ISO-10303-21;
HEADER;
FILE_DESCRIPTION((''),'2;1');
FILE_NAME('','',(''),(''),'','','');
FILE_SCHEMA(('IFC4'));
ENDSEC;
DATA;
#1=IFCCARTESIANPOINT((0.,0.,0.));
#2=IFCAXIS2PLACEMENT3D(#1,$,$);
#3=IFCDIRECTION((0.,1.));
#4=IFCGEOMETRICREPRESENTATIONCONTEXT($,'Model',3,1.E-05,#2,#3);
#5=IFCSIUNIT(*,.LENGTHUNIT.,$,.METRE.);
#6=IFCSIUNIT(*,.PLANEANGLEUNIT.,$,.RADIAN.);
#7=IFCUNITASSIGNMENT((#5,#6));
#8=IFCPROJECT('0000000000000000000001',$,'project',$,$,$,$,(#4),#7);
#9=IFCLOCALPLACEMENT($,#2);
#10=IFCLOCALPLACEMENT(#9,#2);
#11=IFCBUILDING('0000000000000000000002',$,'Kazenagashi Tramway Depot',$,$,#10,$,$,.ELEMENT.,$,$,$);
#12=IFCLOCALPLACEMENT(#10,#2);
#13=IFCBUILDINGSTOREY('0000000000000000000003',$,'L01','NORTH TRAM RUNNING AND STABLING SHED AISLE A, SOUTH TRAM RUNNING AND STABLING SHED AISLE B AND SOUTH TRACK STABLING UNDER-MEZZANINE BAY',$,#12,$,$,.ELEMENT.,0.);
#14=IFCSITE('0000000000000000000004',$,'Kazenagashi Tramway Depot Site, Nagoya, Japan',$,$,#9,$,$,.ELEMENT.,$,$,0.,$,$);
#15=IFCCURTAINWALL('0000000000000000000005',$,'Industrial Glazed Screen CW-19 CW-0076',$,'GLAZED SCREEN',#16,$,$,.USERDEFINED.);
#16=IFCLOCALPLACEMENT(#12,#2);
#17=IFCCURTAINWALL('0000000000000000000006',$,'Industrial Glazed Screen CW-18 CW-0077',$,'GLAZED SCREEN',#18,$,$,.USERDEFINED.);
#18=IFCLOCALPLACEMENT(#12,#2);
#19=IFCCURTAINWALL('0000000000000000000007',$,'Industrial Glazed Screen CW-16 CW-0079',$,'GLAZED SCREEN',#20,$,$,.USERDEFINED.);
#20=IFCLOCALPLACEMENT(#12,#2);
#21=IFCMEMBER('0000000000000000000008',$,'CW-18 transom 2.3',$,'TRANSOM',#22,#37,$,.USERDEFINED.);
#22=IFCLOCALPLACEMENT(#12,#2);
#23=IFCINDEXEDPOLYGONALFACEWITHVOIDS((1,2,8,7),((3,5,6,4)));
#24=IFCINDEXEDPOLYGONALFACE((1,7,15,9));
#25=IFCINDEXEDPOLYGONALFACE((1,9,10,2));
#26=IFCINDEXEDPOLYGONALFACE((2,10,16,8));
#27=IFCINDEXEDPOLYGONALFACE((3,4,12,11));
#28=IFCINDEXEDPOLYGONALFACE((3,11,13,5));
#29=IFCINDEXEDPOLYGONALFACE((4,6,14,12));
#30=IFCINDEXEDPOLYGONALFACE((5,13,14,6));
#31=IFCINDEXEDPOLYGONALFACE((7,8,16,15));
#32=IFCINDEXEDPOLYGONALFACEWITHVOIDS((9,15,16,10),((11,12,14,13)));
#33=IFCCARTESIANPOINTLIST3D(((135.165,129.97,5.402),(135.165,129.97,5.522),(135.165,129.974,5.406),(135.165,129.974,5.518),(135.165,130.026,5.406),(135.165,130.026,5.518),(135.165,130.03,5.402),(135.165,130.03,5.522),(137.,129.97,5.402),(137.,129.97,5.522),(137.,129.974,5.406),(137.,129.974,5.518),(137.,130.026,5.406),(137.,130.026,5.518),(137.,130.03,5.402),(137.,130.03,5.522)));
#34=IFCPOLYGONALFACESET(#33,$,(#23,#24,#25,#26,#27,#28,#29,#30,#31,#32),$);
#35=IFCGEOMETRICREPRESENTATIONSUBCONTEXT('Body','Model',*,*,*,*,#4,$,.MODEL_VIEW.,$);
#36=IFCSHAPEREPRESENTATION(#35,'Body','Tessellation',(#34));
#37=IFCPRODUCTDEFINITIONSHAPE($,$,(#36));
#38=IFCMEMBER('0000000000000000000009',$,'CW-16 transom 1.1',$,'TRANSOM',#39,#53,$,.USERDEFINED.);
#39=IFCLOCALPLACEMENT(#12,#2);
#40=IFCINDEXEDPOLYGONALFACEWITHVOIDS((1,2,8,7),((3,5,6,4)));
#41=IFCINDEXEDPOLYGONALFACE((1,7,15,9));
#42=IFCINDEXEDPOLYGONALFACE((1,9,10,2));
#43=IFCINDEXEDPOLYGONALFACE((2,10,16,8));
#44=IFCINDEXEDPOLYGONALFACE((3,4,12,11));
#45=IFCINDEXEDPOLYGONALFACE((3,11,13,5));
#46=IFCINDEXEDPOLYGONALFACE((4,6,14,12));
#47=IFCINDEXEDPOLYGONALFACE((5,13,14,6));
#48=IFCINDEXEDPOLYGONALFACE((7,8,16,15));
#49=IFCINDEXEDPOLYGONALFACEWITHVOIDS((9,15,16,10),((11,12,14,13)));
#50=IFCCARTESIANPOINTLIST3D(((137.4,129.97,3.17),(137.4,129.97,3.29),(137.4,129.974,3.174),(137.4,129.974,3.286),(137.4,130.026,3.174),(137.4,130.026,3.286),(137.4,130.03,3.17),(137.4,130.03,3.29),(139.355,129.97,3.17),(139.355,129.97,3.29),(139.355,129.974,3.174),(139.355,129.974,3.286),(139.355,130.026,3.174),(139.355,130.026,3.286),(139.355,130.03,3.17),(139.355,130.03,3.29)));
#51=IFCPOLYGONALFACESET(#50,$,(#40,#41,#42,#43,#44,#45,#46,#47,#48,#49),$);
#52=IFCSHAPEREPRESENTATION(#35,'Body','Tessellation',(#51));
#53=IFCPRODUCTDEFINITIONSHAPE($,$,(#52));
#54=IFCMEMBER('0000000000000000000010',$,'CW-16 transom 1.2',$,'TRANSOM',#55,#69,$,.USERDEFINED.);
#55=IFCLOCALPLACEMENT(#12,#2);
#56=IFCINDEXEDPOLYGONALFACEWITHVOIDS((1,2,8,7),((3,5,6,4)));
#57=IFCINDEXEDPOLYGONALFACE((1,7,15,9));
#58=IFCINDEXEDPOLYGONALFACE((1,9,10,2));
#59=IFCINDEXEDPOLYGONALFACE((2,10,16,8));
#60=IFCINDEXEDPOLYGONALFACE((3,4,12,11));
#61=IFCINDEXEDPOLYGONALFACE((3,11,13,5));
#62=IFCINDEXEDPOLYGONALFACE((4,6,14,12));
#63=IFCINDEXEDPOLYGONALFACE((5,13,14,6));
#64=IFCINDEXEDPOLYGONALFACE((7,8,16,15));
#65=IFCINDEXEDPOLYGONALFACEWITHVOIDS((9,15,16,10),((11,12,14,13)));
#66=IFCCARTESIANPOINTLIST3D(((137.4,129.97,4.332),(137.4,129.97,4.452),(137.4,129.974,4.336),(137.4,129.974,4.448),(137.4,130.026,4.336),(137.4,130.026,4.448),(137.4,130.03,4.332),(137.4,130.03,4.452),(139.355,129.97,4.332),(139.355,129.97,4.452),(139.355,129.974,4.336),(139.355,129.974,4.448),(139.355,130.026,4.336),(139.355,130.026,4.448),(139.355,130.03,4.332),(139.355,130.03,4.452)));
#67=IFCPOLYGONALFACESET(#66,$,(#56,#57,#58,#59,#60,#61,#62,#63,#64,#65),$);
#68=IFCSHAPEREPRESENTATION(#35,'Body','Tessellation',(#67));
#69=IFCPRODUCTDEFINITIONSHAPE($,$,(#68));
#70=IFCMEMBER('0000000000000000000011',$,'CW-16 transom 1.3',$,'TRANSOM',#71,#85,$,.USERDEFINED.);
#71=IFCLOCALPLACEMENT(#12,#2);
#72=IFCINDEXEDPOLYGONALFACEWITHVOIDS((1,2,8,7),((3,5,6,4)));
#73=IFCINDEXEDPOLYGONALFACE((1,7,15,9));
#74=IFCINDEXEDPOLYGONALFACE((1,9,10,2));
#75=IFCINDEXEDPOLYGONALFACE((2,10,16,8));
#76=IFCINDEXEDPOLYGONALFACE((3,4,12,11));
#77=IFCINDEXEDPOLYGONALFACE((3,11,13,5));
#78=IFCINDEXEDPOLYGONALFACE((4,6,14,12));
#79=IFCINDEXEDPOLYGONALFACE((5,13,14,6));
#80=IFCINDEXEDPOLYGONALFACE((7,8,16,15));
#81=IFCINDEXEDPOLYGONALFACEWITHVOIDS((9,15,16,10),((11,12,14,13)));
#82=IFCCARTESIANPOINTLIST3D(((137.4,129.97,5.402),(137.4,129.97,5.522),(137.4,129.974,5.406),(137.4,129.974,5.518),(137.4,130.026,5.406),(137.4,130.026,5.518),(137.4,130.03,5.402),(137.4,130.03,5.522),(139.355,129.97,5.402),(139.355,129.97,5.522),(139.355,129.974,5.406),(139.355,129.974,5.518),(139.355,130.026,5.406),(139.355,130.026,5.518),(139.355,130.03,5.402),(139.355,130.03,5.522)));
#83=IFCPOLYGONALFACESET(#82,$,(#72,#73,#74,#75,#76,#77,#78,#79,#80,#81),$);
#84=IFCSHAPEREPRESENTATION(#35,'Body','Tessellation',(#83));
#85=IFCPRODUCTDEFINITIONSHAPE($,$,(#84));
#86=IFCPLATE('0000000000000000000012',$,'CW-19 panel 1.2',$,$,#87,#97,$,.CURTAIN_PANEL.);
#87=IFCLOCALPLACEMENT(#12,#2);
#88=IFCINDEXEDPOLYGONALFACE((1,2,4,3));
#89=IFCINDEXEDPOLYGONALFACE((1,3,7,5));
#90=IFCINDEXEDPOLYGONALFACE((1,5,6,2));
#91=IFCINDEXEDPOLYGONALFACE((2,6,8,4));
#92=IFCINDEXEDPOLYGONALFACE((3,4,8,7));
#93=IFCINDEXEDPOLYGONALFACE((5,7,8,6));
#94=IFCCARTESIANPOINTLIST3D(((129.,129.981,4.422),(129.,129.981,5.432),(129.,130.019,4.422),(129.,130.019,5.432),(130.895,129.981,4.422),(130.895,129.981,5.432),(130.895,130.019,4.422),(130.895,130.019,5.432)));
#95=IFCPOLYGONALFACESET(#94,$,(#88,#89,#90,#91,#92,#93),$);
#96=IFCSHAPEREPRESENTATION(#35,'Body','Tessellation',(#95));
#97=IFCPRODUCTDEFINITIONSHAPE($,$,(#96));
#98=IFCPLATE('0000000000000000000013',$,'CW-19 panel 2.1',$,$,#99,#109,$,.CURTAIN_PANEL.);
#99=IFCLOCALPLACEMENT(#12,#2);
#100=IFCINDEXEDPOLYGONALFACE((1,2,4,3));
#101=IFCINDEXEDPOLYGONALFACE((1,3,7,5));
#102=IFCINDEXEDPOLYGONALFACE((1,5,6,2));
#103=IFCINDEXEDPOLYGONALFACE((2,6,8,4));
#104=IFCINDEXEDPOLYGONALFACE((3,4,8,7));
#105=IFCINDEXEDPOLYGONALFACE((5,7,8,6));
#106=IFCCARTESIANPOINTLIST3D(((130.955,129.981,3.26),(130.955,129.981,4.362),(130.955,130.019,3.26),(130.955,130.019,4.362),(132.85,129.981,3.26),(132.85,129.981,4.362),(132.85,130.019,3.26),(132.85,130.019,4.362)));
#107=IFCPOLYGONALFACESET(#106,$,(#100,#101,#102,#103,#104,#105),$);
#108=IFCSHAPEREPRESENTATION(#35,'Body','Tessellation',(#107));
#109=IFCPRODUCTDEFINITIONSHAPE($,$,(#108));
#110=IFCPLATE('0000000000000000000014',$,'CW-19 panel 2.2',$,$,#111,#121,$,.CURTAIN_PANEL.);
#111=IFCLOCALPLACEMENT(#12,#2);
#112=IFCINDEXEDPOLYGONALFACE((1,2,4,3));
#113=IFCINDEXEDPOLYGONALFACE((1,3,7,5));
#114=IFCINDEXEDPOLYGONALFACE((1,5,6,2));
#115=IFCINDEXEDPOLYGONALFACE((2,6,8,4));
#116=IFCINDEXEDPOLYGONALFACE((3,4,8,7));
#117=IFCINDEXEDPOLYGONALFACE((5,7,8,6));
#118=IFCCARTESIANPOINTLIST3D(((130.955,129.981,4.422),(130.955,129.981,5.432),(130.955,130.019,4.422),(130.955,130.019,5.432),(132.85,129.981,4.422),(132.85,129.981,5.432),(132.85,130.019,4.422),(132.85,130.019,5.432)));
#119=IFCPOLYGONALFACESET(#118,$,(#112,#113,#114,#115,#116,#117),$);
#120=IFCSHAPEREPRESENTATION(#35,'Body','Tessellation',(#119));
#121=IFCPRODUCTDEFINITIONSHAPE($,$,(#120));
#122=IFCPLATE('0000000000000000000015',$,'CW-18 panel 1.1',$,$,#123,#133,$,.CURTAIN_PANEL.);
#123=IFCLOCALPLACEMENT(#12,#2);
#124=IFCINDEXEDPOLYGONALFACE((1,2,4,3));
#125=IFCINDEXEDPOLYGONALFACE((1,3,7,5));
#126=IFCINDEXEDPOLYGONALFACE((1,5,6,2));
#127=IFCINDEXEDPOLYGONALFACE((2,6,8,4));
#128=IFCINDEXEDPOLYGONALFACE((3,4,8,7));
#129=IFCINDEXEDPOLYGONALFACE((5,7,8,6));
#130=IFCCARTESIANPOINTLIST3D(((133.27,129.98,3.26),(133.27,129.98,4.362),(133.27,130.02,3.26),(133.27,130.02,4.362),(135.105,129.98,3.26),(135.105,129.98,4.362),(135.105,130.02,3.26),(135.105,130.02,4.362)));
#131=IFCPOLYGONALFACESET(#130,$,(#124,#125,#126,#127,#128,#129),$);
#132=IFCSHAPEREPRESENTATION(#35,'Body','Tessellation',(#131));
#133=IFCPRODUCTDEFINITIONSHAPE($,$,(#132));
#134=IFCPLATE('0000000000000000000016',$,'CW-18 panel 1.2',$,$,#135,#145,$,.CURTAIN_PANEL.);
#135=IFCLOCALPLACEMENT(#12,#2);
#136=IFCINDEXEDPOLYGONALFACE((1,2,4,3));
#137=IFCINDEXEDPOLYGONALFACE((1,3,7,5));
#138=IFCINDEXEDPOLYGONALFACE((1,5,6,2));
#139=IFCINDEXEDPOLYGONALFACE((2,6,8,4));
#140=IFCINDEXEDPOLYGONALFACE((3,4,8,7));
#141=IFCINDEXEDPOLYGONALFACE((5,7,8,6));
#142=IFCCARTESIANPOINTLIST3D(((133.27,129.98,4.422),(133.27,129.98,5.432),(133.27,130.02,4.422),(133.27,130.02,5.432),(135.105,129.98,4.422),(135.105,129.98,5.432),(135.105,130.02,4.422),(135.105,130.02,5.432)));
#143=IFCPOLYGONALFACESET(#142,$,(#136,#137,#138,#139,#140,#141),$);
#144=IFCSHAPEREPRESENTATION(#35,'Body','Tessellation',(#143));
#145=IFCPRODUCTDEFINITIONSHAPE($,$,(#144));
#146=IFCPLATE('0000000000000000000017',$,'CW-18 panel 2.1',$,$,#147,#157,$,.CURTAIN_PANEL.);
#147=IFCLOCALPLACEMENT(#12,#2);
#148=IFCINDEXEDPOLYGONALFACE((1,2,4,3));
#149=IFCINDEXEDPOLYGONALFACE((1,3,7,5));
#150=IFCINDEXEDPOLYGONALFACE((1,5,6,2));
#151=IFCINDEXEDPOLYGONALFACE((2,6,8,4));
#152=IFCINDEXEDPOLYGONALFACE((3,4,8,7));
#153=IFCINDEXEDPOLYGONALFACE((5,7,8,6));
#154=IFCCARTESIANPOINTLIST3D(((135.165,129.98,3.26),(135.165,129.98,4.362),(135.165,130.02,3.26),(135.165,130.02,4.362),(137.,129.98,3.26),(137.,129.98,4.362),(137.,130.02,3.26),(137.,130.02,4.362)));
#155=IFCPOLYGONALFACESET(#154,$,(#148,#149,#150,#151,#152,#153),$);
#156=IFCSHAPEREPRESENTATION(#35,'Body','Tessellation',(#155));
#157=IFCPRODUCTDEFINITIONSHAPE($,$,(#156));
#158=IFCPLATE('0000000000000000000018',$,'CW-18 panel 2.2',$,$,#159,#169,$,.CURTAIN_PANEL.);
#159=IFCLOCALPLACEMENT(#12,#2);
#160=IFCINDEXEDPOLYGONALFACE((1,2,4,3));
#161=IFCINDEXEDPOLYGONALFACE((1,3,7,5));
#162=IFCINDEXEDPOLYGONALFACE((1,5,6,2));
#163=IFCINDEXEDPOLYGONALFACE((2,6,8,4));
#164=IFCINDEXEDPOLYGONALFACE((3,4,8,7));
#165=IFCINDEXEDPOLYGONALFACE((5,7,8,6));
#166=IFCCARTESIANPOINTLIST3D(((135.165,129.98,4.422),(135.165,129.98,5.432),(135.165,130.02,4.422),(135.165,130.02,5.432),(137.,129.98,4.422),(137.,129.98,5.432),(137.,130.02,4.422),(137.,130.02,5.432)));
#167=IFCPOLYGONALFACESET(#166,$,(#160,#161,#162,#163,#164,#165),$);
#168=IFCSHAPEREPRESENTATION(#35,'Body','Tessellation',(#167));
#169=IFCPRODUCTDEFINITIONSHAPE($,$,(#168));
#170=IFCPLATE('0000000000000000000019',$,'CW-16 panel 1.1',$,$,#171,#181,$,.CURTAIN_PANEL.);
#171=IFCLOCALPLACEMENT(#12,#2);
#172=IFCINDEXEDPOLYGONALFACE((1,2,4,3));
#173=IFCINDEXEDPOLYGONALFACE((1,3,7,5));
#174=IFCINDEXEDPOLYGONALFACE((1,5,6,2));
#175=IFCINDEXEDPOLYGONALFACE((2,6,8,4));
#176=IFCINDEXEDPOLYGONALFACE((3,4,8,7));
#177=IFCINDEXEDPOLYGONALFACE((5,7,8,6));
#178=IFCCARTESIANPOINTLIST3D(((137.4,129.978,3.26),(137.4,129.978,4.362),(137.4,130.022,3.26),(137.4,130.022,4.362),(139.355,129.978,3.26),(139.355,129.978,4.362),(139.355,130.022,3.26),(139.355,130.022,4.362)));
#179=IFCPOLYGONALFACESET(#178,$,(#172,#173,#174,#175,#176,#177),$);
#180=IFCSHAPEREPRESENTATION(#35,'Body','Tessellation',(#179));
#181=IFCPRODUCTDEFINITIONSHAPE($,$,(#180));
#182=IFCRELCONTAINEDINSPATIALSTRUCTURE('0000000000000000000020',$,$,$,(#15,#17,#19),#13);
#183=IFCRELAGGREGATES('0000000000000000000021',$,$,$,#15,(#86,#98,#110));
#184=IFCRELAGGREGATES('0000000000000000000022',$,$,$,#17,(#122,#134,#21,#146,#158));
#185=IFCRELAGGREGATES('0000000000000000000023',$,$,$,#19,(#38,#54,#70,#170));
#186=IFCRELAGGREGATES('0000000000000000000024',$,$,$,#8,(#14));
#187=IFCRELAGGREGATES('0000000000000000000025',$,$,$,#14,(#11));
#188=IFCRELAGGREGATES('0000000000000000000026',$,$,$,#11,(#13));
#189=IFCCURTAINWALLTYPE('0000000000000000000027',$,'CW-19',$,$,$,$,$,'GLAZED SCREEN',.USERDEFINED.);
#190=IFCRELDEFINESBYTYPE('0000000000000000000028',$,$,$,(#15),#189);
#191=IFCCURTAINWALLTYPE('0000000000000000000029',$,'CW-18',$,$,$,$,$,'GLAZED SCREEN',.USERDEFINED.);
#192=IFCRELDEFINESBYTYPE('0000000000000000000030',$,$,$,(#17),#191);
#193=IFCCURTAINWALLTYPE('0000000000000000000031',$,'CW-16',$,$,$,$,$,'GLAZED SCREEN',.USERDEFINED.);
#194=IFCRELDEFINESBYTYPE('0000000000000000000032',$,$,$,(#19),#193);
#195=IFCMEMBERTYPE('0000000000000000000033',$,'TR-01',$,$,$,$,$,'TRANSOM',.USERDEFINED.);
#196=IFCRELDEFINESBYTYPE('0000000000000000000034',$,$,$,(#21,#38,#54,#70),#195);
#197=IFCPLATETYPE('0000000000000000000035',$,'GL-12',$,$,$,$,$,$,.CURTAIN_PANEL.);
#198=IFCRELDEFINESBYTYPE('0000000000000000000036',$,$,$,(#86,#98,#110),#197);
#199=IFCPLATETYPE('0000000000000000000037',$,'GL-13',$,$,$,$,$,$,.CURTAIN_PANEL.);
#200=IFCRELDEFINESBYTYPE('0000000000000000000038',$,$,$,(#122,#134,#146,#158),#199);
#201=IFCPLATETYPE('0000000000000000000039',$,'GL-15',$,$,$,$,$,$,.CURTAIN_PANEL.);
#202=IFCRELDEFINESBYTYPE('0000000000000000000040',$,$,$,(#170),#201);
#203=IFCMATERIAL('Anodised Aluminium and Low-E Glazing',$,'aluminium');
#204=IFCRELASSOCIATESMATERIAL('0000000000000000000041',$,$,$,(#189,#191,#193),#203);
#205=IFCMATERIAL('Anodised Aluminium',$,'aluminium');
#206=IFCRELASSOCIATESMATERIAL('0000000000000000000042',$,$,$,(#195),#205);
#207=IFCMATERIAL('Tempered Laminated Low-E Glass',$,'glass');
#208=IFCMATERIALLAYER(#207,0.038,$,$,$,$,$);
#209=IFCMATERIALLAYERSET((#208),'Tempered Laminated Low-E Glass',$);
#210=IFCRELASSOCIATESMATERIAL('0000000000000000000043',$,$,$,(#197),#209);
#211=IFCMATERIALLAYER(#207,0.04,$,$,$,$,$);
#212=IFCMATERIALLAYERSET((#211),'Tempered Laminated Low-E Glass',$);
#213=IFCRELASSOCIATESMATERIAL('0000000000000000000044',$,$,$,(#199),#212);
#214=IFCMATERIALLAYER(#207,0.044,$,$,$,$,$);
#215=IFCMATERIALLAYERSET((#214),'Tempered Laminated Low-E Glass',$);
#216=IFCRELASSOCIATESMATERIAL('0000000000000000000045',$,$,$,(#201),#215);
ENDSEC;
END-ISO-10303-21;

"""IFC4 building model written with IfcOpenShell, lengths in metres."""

from ifc_helpers import new_model, si_unit, direction, frame, origin, origin_2d, place, context, subcontext, project, spatial, rectangle, hollow_rectangle, extrude, material, layer, layer_set, material_profile, profile_set, type_object, element, aggregate, save


model = new_model("IFC4")

# Units and contexts
model_context = context("Model", 3, precision=1e-05, world=origin(), true_north=direction((0.0, 1.0)))
body_context = subcontext(model_context, "Body", "Model", "MODEL_VIEW")
ifc_project = project(units=[si_unit("LENGTHUNIT", "METRE"), si_unit("PLANEANGLEUNIT", "RADIAN")], contexts=[model_context])

# Site, building, storey
site_placement = place(None, origin())
site = spatial("IfcSite", under=ifc_project, at=site_placement, Name="Kazenagashi Tramway Depot Site, Nagoya, Japan", CompositionType="ELEMENT", RefElevation=0.0)
building_placement = place(site_placement, origin())
building = spatial("IfcBuilding", under=site, at=building_placement, Name="Kazenagashi Tramway Depot", CompositionType="ELEMENT")
storey_placement = place(building_placement, origin())
storey = spatial("IfcBuildingStorey", under=building, at=storey_placement, Name="L01", Description="NORTH TRAM RUNNING AND STABLING SHED AISLE A, SOUTH TRAM RUNNING AND STABLING SHED AISLE B AND SOUTH TRACK STABLING UNDER-MEZZANINE BAY", CompositionType="ELEMENT", Elevation=0.0)

# Curtain walls
ifc_material_1 = material(Name="Anodised Aluminium and Low-E Glazing", Category="aluminium")
curtain_wall_type_1 = type_object("IfcCurtainWallType", Name="CW-19", ElementType="GLAZED SCREEN", PredefinedType="USERDEFINED", material=ifc_material_1)
curtain_wall_1_placement = place(storey_placement, origin())
curtain_wall_1 = element("IfcCurtainWall", 1, at=curtain_wall_1_placement, inside=storey, type_object=curtain_wall_type_1, Name="Industrial Glazed Screen CW-19 CW-0076", ObjectType="GLAZED SCREEN", PredefinedType="USERDEFINED")
ifc_material_2 = material(Name="Anodised Aluminium", Category="aluminium")
curtain_wall_type_2 = type_object("IfcCurtainWallType", Name="CW-18", ElementType="GLAZED SCREEN", PredefinedType="USERDEFINED", material=ifc_material_1)
curtain_wall_2_placement = place(storey_placement, origin())
curtain_wall_2 = element("IfcCurtainWall", 2, at=curtain_wall_2_placement, inside=storey, type_object=curtain_wall_type_2, Name="Industrial Glazed Screen CW-18 CW-0077", ObjectType="GLAZED SCREEN", PredefinedType="USERDEFINED")

# Curtain wall
curtain_wall_type_3 = type_object("IfcCurtainWallType", Name="CW-16", ElementType="GLAZED SCREEN", PredefinedType="USERDEFINED", material=ifc_material_1)
curtain_wall_3_placement = place(storey_placement, origin())
curtain_wall_3 = element("IfcCurtainWall", 3, at=curtain_wall_3_placement, inside=storey, type_object=curtain_wall_type_3, Name="Industrial Glazed Screen CW-16 CW-0079", ObjectType="GLAZED SCREEN", PredefinedType="USERDEFINED")

# Members
ifc_material_profile_1 = material_profile(ifc_material_2, hollow_rectangle(XDim=0.06, YDim=0.12, WallThickness=0.004, at=origin_2d()), Name="RHS-120x60x4")
ifc_profile_set_1 = profile_set([ifc_material_profile_1], Name="Anodised Aluminium")
member_type_1 = type_object("IfcMemberType", Name="TR-01", ElementType="TRANSOM", PredefinedType="USERDEFINED", material=ifc_profile_set_1)
member_1_placement = place(storey_placement, frame((135.165, 130.0, 5.462), z_axis=(1.0, 0.0, 0.0), x_axis=(0.0, 1.0, 0.0)))
member_1 = element("IfcMember", 4, at=member_1_placement, type_object=member_type_1, Name="CW-18 transom 2.3", ObjectType="TRANSOM", PredefinedType="USERDEFINED", context=body_context, shape_type="SweptSolid", body=[
    extrude(hollow_rectangle(XDim=0.06, YDim=0.12, WallThickness=0.004, at=origin_2d()), origin(), (0.0, 0.0, 1.0), 1.835),
])
member_2_placement = place(storey_placement, frame((137.4, 130.0, 3.23), z_axis=(1.0, 0.0, 0.0), x_axis=(0.0, 1.0, 0.0)))
member_2 = element("IfcMember", 5, at=member_2_placement, type_object=member_type_1, Name="CW-16 transom 1.1", ObjectType="TRANSOM", PredefinedType="USERDEFINED", context=body_context, shape_type="SweptSolid", body=[
    extrude(hollow_rectangle(XDim=0.06, YDim=0.12, WallThickness=0.004, at=origin_2d()), origin(), (0.0, 0.0, 1.0), 1.955),
])
member_3_placement = place(storey_placement, frame((137.4, 130.0, 4.392), z_axis=(1.0, 0.0, 0.0), x_axis=(0.0, 1.0, 0.0)))
member_3 = element("IfcMember", 6, at=member_3_placement, type_object=member_type_1, Name="CW-16 transom 1.2", ObjectType="TRANSOM", PredefinedType="USERDEFINED", context=body_context, shape_type="SweptSolid", body=[
    extrude(hollow_rectangle(XDim=0.06, YDim=0.12, WallThickness=0.004, at=origin_2d()), origin(), (0.0, 0.0, 1.0), 1.955),
])
member_4_placement = place(storey_placement, frame((137.4, 130.0, 5.462), z_axis=(1.0, 0.0, 0.0), x_axis=(0.0, 1.0, 0.0)))
member_4 = element("IfcMember", 7, at=member_4_placement, type_object=member_type_1, Name="CW-16 transom 1.3", ObjectType="TRANSOM", PredefinedType="USERDEFINED", context=body_context, shape_type="SweptSolid", body=[
    extrude(hollow_rectangle(XDim=0.06, YDim=0.12, WallThickness=0.004, at=origin_2d()), origin(), (0.0, 0.0, 1.0), 1.955),
])

# Plates
ifc_material_3 = material(Name="Tempered Laminated Low-E Glass", Category="glass")
ifc_layer_1 = layer(ifc_material_3, 0.038)
ifc_layer_set_1 = layer_set([ifc_layer_1], Name="Tempered Laminated Low-E Glass")
plate_type_1 = type_object("IfcPlateType", Name="GL-12", PredefinedType="CURTAIN_PANEL", material=ifc_layer_set_1)
plate_1_placement = place(storey_placement, frame((129.9475, 130.0, 4.422), z_axis=(0.0, 0.0, 1.0), x_axis=(1.0, 0.0, 0.0)))
plate_1 = element("IfcPlate", 8, at=plate_1_placement, type_object=plate_type_1, Name="CW-19 panel 1.2", PredefinedType="CURTAIN_PANEL", context=body_context, shape_type="SweptSolid", body=[
    extrude(rectangle(XDim=1.895, YDim=0.038, at=origin_2d()), origin(), (0.0, 0.0, 1.0), 1.01),
])
plate_2_placement = place(storey_placement, frame((131.9025, 130.0, 3.26), z_axis=(0.0, 0.0, 1.0), x_axis=(1.0, 0.0, 0.0)))
plate_2 = element("IfcPlate", 9, at=plate_2_placement, type_object=plate_type_1, Name="CW-19 panel 2.1", PredefinedType="CURTAIN_PANEL", context=body_context, shape_type="SweptSolid", body=[
    extrude(rectangle(XDim=1.895, YDim=0.038, at=origin_2d()), origin(), (0.0, 0.0, 1.0), 1.102),
])
plate_3_placement = place(storey_placement, frame((131.9025, 130.0, 4.422), z_axis=(0.0, 0.0, 1.0), x_axis=(1.0, 0.0, 0.0)))
plate_3 = element("IfcPlate", 10, at=plate_3_placement, type_object=plate_type_1, Name="CW-19 panel 2.2", PredefinedType="CURTAIN_PANEL", context=body_context, shape_type="SweptSolid", body=[
    extrude(rectangle(XDim=1.895, YDim=0.038, at=origin_2d()), origin(), (0.0, 0.0, 1.0), 1.01),
])
aggregate(curtain_wall_1, [plate_1, plate_2, plate_3])
ifc_layer_2 = layer(ifc_material_3, 0.04)
ifc_layer_set_2 = layer_set([ifc_layer_2], Name="Tempered Laminated Low-E Glass")
plate_type_2 = type_object("IfcPlateType", Name="GL-13", PredefinedType="CURTAIN_PANEL", material=ifc_layer_set_2)
plate_4_placement = place(storey_placement, frame((134.1875, 130.0, 3.26), z_axis=(0.0, 0.0, 1.0), x_axis=(1.0, 0.0, 0.0)))
plate_4 = element("IfcPlate", 11, at=plate_4_placement, type_object=plate_type_2, Name="CW-18 panel 1.1", PredefinedType="CURTAIN_PANEL", context=body_context, shape_type="SweptSolid", body=[
    extrude(rectangle(XDim=1.835, YDim=0.04, at=origin_2d()), origin(), (0.0, 0.0, 1.0), 1.102),
])
plate_5_placement = place(storey_placement, frame((134.1875, 130.0, 4.422), z_axis=(0.0, 0.0, 1.0), x_axis=(1.0, 0.0, 0.0)))
plate_5 = element("IfcPlate", 12, at=plate_5_placement, type_object=plate_type_2, Name="CW-18 panel 1.2", PredefinedType="CURTAIN_PANEL", context=body_context, shape_type="SweptSolid", body=[
    extrude(rectangle(XDim=1.835, YDim=0.04, at=origin_2d()), origin(), (0.0, 0.0, 1.0), 1.01),
])
plate_6_placement = place(storey_placement, frame((136.0825, 130.0, 3.26), z_axis=(0.0, 0.0, 1.0), x_axis=(1.0, 0.0, 0.0)))
plate_6 = element("IfcPlate", 13, at=plate_6_placement, type_object=plate_type_2, Name="CW-18 panel 2.1", PredefinedType="CURTAIN_PANEL", context=body_context, shape_type="SweptSolid", body=[
    extrude(rectangle(XDim=1.835, YDim=0.04, at=origin_2d()), origin(), (0.0, 0.0, 1.0), 1.102),
])
plate_7_placement = place(storey_placement, frame((136.0825, 130.0, 4.422), z_axis=(0.0, 0.0, 1.0), x_axis=(1.0, 0.0, 0.0)))
plate_7 = element("IfcPlate", 14, at=plate_7_placement, type_object=plate_type_2, Name="CW-18 panel 2.2", PredefinedType="CURTAIN_PANEL", context=body_context, shape_type="SweptSolid", body=[
    extrude(rectangle(XDim=1.835, YDim=0.04, at=origin_2d()), origin(), (0.0, 0.0, 1.0), 1.01),
])
aggregate(curtain_wall_2, [plate_4, plate_5, member_1, plate_6, plate_7])
ifc_layer_3 = layer(ifc_material_3, 0.044)
ifc_layer_set_3 = layer_set([ifc_layer_3], Name="Tempered Laminated Low-E Glass")
plate_type_3 = type_object("IfcPlateType", Name="GL-15", PredefinedType="CURTAIN_PANEL", material=ifc_layer_set_3)
plate_8_placement = place(storey_placement, frame((138.3775, 130.0, 3.26), z_axis=(0.0, 0.0, 1.0), x_axis=(1.0, 0.0, 0.0)))
plate_8 = element("IfcPlate", 15, at=plate_8_placement, type_object=plate_type_3, Name="CW-16 panel 1.1", PredefinedType="CURTAIN_PANEL", context=body_context, shape_type="SweptSolid", body=[
    extrude(rectangle(XDim=1.955, YDim=0.044, at=origin_2d()), origin(), (0.0, 0.0, 1.0), 1.102),
])
aggregate(curtain_wall_3, [member_2, member_3, member_4, plate_8])

save(model, "model.ifc")
